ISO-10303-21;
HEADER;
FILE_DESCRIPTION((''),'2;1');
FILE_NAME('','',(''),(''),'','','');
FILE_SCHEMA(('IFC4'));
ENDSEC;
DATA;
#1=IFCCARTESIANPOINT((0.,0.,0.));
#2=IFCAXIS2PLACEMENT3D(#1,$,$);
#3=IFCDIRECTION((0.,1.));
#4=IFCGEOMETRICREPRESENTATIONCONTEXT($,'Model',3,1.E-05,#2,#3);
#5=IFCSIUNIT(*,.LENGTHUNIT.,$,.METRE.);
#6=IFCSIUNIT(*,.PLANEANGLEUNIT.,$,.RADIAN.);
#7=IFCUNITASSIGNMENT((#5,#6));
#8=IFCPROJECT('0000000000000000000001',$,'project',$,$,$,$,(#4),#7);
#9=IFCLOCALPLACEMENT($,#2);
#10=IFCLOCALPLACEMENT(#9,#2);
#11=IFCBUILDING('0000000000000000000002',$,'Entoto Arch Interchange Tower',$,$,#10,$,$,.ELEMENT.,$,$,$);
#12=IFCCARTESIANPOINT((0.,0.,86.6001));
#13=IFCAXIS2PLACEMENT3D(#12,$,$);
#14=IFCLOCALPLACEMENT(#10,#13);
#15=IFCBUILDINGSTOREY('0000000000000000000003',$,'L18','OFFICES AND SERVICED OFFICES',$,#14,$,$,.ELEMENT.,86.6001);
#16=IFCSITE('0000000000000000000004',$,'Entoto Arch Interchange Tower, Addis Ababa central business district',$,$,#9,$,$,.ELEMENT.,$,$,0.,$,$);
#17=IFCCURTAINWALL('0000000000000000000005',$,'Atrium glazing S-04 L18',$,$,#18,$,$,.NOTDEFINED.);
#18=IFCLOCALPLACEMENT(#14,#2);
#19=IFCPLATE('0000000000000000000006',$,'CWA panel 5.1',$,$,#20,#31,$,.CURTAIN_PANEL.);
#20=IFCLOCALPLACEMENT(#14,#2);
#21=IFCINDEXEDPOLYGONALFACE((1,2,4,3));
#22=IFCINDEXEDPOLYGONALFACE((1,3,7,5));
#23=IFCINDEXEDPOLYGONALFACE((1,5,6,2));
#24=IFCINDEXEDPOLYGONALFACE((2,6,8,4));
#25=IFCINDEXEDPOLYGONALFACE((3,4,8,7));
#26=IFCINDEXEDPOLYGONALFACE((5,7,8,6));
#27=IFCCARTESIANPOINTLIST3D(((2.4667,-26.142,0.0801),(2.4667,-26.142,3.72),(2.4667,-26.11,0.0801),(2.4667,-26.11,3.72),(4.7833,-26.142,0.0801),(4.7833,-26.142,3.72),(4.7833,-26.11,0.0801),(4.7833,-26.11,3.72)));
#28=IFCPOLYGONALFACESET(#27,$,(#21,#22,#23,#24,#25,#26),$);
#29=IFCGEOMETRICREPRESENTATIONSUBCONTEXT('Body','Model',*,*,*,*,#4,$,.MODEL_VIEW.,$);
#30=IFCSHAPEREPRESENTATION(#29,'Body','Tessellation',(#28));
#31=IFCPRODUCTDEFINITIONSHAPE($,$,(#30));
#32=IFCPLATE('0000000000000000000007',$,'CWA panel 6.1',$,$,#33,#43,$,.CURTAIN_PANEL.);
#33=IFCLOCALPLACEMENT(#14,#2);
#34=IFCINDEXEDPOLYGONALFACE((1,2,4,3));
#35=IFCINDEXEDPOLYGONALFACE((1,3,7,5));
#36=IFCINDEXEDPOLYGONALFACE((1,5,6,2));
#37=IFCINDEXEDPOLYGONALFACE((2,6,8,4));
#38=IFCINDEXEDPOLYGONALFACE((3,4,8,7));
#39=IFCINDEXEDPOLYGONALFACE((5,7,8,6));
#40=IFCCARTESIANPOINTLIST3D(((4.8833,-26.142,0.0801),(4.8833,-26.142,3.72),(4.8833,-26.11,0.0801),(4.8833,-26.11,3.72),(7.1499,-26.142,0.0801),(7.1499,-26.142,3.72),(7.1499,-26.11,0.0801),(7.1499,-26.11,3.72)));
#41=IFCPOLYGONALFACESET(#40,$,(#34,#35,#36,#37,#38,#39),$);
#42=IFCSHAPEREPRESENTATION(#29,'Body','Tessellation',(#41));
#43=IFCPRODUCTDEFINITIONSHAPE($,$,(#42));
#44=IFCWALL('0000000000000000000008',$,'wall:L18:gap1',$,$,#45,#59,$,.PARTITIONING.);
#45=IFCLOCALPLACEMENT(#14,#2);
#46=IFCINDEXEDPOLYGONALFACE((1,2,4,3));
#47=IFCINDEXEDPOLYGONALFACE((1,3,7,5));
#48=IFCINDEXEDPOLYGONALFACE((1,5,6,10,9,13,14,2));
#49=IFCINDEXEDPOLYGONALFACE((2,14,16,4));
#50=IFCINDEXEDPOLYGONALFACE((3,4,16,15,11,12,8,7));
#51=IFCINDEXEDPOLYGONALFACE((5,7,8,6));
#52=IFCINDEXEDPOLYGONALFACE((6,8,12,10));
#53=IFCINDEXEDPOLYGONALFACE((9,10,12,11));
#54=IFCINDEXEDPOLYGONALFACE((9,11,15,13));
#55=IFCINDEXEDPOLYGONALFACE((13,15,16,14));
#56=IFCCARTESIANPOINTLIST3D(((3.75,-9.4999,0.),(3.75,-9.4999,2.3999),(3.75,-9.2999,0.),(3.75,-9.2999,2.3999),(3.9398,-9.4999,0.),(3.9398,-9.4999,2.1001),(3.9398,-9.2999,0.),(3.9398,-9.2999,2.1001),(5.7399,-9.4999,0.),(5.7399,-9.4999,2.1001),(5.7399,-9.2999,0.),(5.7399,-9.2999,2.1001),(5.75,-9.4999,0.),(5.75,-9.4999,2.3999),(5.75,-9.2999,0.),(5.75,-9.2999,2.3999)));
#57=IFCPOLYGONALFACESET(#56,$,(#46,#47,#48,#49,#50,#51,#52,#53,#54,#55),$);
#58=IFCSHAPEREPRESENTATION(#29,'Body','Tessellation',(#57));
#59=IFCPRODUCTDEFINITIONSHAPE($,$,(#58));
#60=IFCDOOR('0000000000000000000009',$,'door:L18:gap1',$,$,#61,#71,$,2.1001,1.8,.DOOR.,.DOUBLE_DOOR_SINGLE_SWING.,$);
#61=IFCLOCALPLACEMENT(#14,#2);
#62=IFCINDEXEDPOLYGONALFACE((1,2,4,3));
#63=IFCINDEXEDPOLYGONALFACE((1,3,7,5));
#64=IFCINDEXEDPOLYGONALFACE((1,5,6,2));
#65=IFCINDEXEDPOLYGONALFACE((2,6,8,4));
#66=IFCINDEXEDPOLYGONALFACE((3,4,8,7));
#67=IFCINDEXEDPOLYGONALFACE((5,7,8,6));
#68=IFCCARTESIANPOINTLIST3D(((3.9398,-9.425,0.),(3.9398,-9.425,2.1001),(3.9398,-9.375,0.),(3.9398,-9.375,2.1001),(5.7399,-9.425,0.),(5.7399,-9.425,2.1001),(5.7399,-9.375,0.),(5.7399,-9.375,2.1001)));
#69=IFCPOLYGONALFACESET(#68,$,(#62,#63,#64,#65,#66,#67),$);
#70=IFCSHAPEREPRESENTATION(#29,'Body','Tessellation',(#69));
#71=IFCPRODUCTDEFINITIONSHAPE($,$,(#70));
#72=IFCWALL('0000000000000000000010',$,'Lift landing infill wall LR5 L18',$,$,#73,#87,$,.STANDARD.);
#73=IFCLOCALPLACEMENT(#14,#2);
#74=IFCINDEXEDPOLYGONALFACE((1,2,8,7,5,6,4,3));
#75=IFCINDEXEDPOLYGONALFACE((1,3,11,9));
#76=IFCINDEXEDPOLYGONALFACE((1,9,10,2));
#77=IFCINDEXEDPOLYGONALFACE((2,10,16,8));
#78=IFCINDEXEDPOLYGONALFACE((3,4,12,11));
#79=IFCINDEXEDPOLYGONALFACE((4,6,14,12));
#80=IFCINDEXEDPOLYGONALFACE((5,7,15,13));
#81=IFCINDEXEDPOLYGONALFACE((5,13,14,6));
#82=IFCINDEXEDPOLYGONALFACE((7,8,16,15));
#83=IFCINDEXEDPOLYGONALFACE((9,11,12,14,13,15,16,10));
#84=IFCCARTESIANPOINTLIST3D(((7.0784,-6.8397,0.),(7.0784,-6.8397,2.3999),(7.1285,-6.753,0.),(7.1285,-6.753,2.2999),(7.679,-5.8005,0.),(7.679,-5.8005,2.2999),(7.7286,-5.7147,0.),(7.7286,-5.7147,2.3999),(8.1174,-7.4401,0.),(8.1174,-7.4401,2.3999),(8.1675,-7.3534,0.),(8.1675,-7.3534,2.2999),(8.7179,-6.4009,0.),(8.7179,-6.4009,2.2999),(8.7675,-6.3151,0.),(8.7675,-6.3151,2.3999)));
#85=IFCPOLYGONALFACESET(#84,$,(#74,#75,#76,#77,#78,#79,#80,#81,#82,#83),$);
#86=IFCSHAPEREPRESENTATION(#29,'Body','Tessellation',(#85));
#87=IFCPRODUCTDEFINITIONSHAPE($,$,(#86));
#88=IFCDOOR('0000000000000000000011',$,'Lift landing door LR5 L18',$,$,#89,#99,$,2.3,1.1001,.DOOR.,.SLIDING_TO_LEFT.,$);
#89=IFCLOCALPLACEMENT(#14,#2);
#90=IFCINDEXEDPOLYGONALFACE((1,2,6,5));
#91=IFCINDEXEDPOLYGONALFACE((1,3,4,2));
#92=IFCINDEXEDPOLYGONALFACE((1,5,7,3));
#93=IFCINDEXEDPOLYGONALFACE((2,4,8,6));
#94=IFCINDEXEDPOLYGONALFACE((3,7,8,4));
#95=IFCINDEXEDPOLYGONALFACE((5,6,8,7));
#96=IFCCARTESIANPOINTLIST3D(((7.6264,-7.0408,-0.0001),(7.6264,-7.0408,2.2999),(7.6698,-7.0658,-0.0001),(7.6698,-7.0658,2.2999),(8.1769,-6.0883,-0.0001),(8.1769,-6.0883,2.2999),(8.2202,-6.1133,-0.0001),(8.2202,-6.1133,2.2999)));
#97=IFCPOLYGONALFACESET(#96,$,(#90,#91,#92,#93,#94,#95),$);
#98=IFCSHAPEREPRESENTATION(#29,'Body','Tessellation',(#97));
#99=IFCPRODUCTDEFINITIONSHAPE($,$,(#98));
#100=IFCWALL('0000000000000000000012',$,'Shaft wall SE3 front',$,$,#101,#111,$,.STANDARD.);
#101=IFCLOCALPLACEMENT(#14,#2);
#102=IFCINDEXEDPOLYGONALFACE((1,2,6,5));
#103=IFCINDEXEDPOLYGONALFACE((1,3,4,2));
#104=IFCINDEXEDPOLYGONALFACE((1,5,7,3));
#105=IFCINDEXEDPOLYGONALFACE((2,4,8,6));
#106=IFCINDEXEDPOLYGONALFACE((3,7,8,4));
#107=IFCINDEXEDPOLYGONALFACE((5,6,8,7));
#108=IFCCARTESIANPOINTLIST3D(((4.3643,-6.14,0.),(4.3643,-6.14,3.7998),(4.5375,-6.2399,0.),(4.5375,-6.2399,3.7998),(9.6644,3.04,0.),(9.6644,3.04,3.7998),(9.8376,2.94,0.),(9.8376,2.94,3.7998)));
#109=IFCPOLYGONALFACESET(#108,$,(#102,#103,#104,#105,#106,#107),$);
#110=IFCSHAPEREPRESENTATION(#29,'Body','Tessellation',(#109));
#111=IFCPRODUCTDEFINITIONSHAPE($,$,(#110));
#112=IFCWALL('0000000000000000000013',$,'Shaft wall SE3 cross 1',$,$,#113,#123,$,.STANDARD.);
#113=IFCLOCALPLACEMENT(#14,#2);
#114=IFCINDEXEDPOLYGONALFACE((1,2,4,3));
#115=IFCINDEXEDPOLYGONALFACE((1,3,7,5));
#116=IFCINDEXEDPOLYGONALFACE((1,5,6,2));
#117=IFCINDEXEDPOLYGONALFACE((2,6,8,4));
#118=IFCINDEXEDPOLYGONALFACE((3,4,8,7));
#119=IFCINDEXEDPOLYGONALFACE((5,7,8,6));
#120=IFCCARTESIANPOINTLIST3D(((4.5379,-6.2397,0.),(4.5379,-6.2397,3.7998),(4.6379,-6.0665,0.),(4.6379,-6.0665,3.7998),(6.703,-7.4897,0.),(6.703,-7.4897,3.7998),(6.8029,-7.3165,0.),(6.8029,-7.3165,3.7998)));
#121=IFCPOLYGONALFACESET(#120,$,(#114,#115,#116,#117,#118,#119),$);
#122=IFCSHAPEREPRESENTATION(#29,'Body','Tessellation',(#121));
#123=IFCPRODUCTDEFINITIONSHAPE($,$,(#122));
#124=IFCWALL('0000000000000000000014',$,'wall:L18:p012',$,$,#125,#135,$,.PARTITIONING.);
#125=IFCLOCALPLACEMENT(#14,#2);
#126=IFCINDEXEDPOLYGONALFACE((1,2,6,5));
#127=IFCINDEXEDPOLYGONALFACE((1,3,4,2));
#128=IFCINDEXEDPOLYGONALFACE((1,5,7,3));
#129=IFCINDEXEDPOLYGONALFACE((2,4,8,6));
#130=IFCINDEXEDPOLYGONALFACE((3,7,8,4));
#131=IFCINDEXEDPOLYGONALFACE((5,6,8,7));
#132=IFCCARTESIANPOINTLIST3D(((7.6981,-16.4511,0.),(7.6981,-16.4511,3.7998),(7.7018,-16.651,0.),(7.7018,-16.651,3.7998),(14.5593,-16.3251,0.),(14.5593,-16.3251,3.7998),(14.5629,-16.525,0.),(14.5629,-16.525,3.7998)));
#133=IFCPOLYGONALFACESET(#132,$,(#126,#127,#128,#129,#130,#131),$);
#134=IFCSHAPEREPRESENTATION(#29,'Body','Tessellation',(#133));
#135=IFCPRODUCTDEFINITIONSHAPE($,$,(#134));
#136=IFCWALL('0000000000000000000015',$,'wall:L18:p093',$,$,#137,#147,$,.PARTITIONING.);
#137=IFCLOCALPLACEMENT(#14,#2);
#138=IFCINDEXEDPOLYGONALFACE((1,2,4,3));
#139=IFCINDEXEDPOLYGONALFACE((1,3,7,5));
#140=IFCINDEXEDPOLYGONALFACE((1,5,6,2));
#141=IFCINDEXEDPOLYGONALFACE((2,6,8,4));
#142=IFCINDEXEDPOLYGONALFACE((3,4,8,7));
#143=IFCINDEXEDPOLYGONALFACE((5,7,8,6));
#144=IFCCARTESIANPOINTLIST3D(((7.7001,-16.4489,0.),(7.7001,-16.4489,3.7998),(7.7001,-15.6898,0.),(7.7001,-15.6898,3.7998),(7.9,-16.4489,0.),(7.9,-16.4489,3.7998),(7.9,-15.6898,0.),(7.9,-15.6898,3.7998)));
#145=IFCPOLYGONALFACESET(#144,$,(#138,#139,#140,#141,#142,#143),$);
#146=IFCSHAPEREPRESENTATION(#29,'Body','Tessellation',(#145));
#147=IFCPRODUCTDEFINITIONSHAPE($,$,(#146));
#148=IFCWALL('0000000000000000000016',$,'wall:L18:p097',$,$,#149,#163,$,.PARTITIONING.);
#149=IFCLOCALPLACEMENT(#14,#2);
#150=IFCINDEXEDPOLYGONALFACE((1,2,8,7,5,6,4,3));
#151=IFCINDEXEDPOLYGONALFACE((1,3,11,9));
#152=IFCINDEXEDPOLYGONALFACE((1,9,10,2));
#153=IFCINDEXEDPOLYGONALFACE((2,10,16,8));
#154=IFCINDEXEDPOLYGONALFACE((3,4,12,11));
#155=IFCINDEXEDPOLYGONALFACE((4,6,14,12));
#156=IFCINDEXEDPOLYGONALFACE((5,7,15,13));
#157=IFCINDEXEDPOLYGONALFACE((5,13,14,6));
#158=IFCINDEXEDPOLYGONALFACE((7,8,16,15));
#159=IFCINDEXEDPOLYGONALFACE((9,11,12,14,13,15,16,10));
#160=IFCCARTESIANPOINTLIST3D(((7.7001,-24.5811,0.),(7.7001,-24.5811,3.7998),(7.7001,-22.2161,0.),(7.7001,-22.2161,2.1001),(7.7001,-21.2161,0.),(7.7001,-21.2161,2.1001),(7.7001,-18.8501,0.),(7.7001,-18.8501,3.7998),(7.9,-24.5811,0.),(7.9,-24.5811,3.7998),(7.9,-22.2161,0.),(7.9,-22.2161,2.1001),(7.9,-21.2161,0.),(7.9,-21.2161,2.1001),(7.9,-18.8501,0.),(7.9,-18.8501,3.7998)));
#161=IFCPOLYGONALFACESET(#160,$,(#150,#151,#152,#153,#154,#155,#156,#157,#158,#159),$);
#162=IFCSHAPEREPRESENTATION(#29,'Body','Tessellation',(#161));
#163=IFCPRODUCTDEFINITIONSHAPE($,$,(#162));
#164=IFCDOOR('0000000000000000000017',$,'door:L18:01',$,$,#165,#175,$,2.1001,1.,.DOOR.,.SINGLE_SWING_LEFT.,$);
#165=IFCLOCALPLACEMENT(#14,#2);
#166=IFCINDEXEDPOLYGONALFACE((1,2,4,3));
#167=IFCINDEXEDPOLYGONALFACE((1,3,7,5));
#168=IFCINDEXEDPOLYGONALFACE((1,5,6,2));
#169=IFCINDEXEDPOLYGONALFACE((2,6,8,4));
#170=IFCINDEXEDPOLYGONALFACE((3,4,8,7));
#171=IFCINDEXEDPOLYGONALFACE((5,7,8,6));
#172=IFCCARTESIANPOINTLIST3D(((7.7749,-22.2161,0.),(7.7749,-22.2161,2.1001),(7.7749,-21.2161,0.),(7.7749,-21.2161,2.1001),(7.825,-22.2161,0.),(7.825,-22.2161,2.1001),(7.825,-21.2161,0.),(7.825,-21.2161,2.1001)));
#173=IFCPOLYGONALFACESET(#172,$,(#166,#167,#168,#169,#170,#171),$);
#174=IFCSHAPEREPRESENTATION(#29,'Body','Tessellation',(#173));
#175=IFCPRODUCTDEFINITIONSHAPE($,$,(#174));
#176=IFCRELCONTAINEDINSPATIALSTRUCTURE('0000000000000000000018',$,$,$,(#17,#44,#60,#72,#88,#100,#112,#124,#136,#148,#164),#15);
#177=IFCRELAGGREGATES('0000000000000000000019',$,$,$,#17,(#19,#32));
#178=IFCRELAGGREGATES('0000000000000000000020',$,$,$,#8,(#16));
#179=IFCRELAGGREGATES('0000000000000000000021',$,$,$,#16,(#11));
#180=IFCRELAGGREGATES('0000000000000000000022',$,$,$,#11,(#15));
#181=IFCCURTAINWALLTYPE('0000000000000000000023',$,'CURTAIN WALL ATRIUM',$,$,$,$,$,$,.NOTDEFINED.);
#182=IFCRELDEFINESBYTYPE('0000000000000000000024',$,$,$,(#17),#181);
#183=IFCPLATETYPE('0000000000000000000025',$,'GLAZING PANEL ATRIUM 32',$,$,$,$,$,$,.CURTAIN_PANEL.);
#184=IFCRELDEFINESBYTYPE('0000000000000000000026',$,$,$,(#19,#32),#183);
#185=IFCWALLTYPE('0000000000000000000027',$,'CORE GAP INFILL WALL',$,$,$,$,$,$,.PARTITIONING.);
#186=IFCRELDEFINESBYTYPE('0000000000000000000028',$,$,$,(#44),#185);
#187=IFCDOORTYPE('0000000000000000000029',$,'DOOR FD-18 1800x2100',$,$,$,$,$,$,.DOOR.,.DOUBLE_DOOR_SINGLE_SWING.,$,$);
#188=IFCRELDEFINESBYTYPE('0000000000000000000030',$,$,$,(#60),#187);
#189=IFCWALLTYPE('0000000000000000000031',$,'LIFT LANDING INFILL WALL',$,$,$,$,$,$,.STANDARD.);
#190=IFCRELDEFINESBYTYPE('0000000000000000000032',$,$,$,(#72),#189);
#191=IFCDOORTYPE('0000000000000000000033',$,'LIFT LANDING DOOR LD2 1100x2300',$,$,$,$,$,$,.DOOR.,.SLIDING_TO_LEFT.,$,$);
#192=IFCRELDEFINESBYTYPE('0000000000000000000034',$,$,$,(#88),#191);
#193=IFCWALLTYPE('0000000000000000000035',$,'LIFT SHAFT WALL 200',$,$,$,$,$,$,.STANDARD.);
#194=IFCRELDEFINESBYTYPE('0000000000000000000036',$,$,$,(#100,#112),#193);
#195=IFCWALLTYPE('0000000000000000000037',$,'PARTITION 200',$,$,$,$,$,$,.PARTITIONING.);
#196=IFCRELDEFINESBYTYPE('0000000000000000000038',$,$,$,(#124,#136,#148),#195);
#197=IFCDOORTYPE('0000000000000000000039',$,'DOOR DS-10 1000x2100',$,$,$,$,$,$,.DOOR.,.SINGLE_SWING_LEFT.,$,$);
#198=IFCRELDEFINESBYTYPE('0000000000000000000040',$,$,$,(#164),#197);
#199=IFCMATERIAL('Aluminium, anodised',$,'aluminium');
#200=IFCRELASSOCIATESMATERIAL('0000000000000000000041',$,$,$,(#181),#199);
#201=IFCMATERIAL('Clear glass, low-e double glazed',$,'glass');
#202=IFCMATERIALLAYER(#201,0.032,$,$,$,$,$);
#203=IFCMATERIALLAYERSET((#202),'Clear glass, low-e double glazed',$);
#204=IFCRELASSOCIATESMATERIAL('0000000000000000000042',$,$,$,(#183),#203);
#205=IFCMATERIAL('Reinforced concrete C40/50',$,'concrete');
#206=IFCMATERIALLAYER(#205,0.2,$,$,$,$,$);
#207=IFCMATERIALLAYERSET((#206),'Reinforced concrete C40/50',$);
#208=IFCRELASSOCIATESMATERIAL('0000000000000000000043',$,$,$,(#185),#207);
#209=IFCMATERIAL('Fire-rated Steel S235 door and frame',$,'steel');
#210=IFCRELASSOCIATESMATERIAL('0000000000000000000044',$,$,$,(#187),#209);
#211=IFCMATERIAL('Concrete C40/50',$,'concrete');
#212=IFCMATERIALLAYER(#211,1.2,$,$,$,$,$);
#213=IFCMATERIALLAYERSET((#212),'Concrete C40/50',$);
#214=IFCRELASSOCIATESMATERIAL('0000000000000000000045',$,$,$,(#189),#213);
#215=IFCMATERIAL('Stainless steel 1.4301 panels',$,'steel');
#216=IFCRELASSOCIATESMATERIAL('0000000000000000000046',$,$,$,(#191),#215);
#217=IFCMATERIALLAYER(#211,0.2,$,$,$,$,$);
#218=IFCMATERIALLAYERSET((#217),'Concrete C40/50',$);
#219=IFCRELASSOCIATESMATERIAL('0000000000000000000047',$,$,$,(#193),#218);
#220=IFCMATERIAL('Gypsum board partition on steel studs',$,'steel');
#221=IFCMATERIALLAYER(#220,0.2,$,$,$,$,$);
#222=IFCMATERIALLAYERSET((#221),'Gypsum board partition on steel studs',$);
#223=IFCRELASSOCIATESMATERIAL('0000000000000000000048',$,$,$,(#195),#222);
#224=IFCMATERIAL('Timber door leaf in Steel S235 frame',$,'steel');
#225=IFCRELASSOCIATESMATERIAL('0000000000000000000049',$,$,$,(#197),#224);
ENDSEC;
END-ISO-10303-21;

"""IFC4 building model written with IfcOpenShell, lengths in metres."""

from ifc_helpers import new_model, si_unit, direction, frame, frame_2d, origin, origin_2d, place, context, subcontext, project, spatial, rectangle, extrude, material, layer, layer_set, type_object, element, fill, aggregate, save


model = new_model("IFC4")

# Units and contexts
model_context = context("Model", 3, precision=1e-05, world=origin(), true_north=direction((0.0, 1.0)))
body_context = subcontext(model_context, "Body", "Model", "MODEL_VIEW")
ifc_project = project(units=[si_unit("LENGTHUNIT", "METRE"), si_unit("PLANEANGLEUNIT", "RADIAN")], contexts=[model_context])

# Site, building, storey
site_placement = place(None, origin())
site = spatial("IfcSite", under=ifc_project, at=site_placement, Name="Entoto Arch Interchange Tower, Addis Ababa central business district", CompositionType="ELEMENT", RefElevation=0.0)
building_placement = place(site_placement, origin())
building = spatial("IfcBuilding", under=site, at=building_placement, Name="Entoto Arch Interchange Tower", CompositionType="ELEMENT")
storey_placement = place(building_placement, frame((0.0, 0.0, 86.6001)))
storey = spatial("IfcBuildingStorey", under=building, at=storey_placement, Name="L18", Description="OFFICES AND SERVICED OFFICES", CompositionType="ELEMENT", Elevation=86.6001)

# Curtain wall, plates
ifc_material_1 = material(Name="Aluminium, anodised", Category="aluminium")
curtain_wall_type = type_object("IfcCurtainWallType", Name="CURTAIN WALL ATRIUM", PredefinedType="NOTDEFINED", material=ifc_material_1)
curtain_wall_placement = place(storey_placement, origin())
curtain_wall = element("IfcCurtainWall", 1, at=curtain_wall_placement, inside=storey, type_object=curtain_wall_type, Name="Atrium glazing S-04 L18", PredefinedType="NOTDEFINED")
ifc_material_2 = material(Name="Clear glass, low-e double glazed", Category="glass")
ifc_layer_1 = layer(ifc_material_2, 0.032)
ifc_layer_set_1 = layer_set([ifc_layer_1], Name="Clear glass, low-e double glazed")
plate_type = type_object("IfcPlateType", Name="GLAZING PANEL ATRIUM 32", PredefinedType="CURTAIN_PANEL", material=ifc_layer_set_1)
plate_1_placement = place(storey_placement, frame((3.625, -26.126, 0.0801), z_axis=(0.0, 0.0, 1.0), x_axis=(1.0, 0.0, 0.0)))
plate_1 = element("IfcPlate", 2, at=plate_1_placement, type_object=plate_type, Name="CWA panel 5.1", PredefinedType="CURTAIN_PANEL", context=body_context, shape_type="SweptSolid", body=[
    extrude(rectangle(XDim=2.3167, YDim=0.032, at=origin_2d()), origin(), (0.0, 0.0, 1.0), 3.6399),
])
plate_2_placement = place(storey_placement, frame((6.0166, -26.126, 0.0801), z_axis=(0.0, 0.0, 1.0), x_axis=(1.0, 0.0, 0.0)))
plate_2 = element("IfcPlate", 3, at=plate_2_placement, type_object=plate_type, Name="CWA panel 6.1", PredefinedType="CURTAIN_PANEL", context=body_context, shape_type="SweptSolid", body=[
    extrude(rectangle(XDim=2.2666, YDim=0.032, at=origin_2d()), origin(), (0.0, 0.0, 1.0), 3.6399),
])
aggregate(curtain_wall, [plate_1, plate_2])

# Walls, openings, doors
ifc_material_3 = material(Name="Reinforced concrete C40/50", Category="concrete")
ifc_layer_2 = layer(ifc_material_3, 0.2)
ifc_layer_set_2 = layer_set([ifc_layer_2], Name="Reinforced concrete C40/50")
wall_type_1 = type_object("IfcWallType", Name="CORE GAP INFILL WALL", PredefinedType="PARTITIONING", material=ifc_layer_set_2)
wall_1_placement = place(storey_placement, frame((3.75, -9.3999, 0.0), z_axis=(0.0, 0.0, 1.0), x_axis=(1.0, 0.0, 0.0)))
wall_1 = element("IfcWall", 4, at=wall_1_placement, inside=storey, type_object=wall_type_1, Name="wall:L18:gap1", PredefinedType="PARTITIONING", context=body_context, shape_type="SweptSolid", body=[
    extrude(rectangle(XDim=2.0, YDim=0.2, at=frame_2d((1.0, 0.0))), origin(), (0.0, 0.0, 1.0), 2.3999),
])
opening_1_placement = place(wall_1_placement, frame((0.1899, 0.0, 0.0)))
opening_1 = element("IfcOpeningElement", 5, at=opening_1_placement, cuts=wall_1, PredefinedType="OPENING", context=body_context, shape_type="SweptSolid", body=[
    extrude(rectangle(XDim=1.8, YDim=2.1001, at=frame_2d((0.8999, 1.05))), frame((0.0, 0.1099, 0.0), z_axis=(0.0, -1.0, 0.0), x_axis=(1.0, 0.0, 0.0)), (0.0, 0.0, 1.0), 0.22),
])
ifc_material_4 = material(Name="Fire-rated Steel S235 door and frame", Category="steel")
door_type_1 = type_object("IfcDoorType", Name="DOOR FD-18 1800x2100", OperationType="DOUBLE_DOOR_SINGLE_SWING", PredefinedType="DOOR", material=ifc_material_4)
door_1_placement = place(opening_1_placement, origin())
door_1 = element("IfcDoor", 6, at=door_1_placement, inside=storey, type_object=door_type_1, Name="door:L18:gap1", OperationType="DOUBLE_DOOR_SINGLE_SWING", OverallHeight=2.1001, OverallWidth=1.8, PredefinedType="DOOR", context=body_context, shape_type="SweptSolid", body=[
    extrude(rectangle(XDim=1.8, YDim=2.1001, at=frame_2d((0.8999, 1.05))), frame((0.0, 0.0249, 0.0), z_axis=(0.0, -1.0, 0.0), x_axis=(1.0, 0.0, 0.0)), (0.0, 0.0, 1.0), 0.05),
])
fill(opening_1, door_1)
ifc_material_5 = material(Name="Concrete C40/50", Category="concrete")
ifc_layer_3 = layer(ifc_material_5, 1.2)
ifc_layer_set_3 = layer_set([ifc_layer_3], Name="Concrete C40/50")
wall_type_2 = type_object("IfcWallType", Name="LIFT LANDING INFILL WALL", PredefinedType="STANDARD", material=ifc_layer_set_3)
wall_2_placement = place(storey_placement, frame((7.5979, -7.1399, 0.0), z_axis=(0.0, 0.0, 1.0), x_axis=(0.500362, 0.865816, 0.0)))
wall_2 = element("IfcWall", 7, at=wall_2_placement, inside=storey, type_object=wall_type_2, Name="Lift landing infill wall LR5 L18", PredefinedType="STANDARD", context=body_context, shape_type="SweptSolid", body=[
    extrude(rectangle(XDim=1.2993, YDim=1.2, at=frame_2d((0.6497, 0.0))), origin(), (0.0, 0.0, 1.0), 2.3999),
])
opening_2_placement = place(wall_2_placement, frame((0.1001, 0.0, 0.0)))
opening_2 = element("IfcOpeningElement", 8, at=opening_2_placement, cuts=wall_2, PredefinedType="OPENING", context=body_context, shape_type="SweptSolid", body=[
    extrude(rectangle(XDim=1.1001, YDim=2.3, at=frame_2d((0.55, 1.1499))), frame((0.0, 0.6099, 0.0), z_axis=(0.0, -1.0, 0.0), x_axis=(1.0, 0.0, 0.0)), (0.0, 0.0, 1.0), 1.22),
])
ifc_material_6 = material(Name="Stainless steel 1.4301 panels", Category="steel")
door_type_2 = type_object("IfcDoorType", Name="LIFT LANDING DOOR LD2 1100x2300", OperationType="SLIDING_TO_LEFT", PredefinedType="DOOR", material=ifc_material_6)
door_2_placement = place(opening_2_placement, origin())
door_2 = element("IfcDoor", 9, at=door_2_placement, inside=storey, type_object=door_type_2, Name="Lift landing door LR5 L18", OperationType="SLIDING_TO_LEFT", OverallHeight=2.3, OverallWidth=1.1001, PredefinedType="DOOR", context=body_context, shape_type="SweptSolid", body=[
    extrude(rectangle(XDim=1.1001, YDim=2.3, at=frame_2d((0.55, 1.1499))), frame((0.0, 0.0249, 0.0), z_axis=(0.0, -1.0, 0.0), x_axis=(1.0, 0.0, 0.0)), (0.0, 0.0, 1.0), 0.05),
])
fill(opening_2, door_2)

# Walls
ifc_layer_4 = layer(ifc_material_5, 0.2)
ifc_layer_set_4 = layer_set([ifc_layer_4], Name="Concrete C40/50")
wall_type_3 = type_object("IfcWallType", Name="LIFT SHAFT WALL 200", PredefinedType="STANDARD", material=ifc_layer_set_4)
wall_3_placement = place(storey_placement, frame((4.4509, -6.1899, 0.0), z_axis=(0.0, 0.0, 1.0), x_axis=(0.500001, 0.866025, 0.0)))
element("IfcWall", 10, at=wall_3_placement, inside=storey, type_object=wall_type_3, Name="Shaft wall SE3 front", PredefinedType="STANDARD", context=body_context, shape_type="SweptSolid", body=[
    extrude(rectangle(XDim=10.6001, YDim=0.2, at=frame_2d((5.3, 0.0))), origin(), (0.0, 0.0, 1.0), 3.7998),
])
wall_4_placement = place(storey_placement, frame((4.5879, -6.1531, 0.0), z_axis=(0.0, 0.0, 1.0), x_axis=(0.866023, -0.500004, 0.0)))
element("IfcWall", 11, at=wall_4_placement, inside=storey, type_object=wall_type_3, Name="Shaft wall SE3 cross 1", PredefinedType="STANDARD", context=body_context, shape_type="SweptSolid", body=[
    extrude(rectangle(XDim=2.5, YDim=0.2, at=frame_2d((1.25, 0.0))), origin(), (0.0, 0.0, 1.0), 3.7998),
])
ifc_material_7 = material(Name="Gypsum board partition on steel studs", Category="steel")
ifc_layer_5 = layer(ifc_material_7, 0.2)
ifc_layer_set_5 = layer_set([ifc_layer_5], Name="Gypsum board partition on steel studs")
wall_type_4 = type_object("IfcWallType", Name="PARTITION 200", PredefinedType="PARTITIONING", material=ifc_layer_set_5)
wall_5_placement = place(storey_placement, frame((7.7, -16.551, 0.0), z_axis=(0.0, 0.0, 1.0), x_axis=(0.999831, 0.018358, 0.0)))
element("IfcWall", 12, at=wall_5_placement, inside=storey, type_object=wall_type_4, Name="wall:L18:p012", PredefinedType="PARTITIONING", context=body_context, shape_type="SweptSolid", body=[
    extrude(rectangle(XDim=6.8623, YDim=0.2, at=frame_2d((3.4312, 0.0))), origin(), (0.0, 0.0, 1.0), 3.7998),
])
wall_6_placement = place(storey_placement, frame((7.8, -15.6899, 0.0), z_axis=(0.0, 0.0, 1.0), x_axis=(0.0, -1.0, 0.0)))
element("IfcWall", 13, at=wall_6_placement, inside=storey, type_object=wall_type_4, Name="wall:L18:p093", PredefinedType="PARTITIONING", context=body_context, shape_type="SweptSolid", body=[
    extrude(rectangle(XDim=0.759, YDim=0.2, at=frame_2d((0.3794, 0.0))), origin(), (0.0, 0.0, 1.0), 3.7998),
])

# Wall, opening, door
wall_7_placement = place(storey_placement, frame((7.8, -18.8501, 0.0), z_axis=(0.0, 0.0, 1.0), x_axis=(0.0, -1.0, 0.0)))
wall_7 = element("IfcWall", 14, at=wall_7_placement, inside=storey, type_object=wall_type_4, Name="wall:L18:p097", PredefinedType="PARTITIONING", context=body_context, shape_type="SweptSolid", body=[
    extrude(rectangle(XDim=5.731, YDim=0.2, at=frame_2d((2.8655, 0.0))), origin(), (0.0, 0.0, 1.0), 3.7998),
])
opening_3_placement = place(wall_7_placement, frame((2.366, 0.0, 0.0)))
opening_3 = element("IfcOpeningElement", 15, at=opening_3_placement, cuts=wall_7, PredefinedType="OPENING", context=body_context, shape_type="SweptSolid", body=[
    extrude(rectangle(XDim=1.0, YDim=2.1001, at=frame_2d((0.5, 1.05))), frame((0.0, 0.1099, 0.0), z_axis=(0.0, -1.0, 0.0), x_axis=(1.0, 0.0, 0.0)), (0.0, 0.0, 1.0), 0.22),
])
ifc_material_8 = material(Name="Timber door leaf in Steel S235 frame", Category="steel")
door_type_3 = type_object("IfcDoorType", Name="DOOR DS-10 1000x2100", OperationType="SINGLE_SWING_LEFT", PredefinedType="DOOR", material=ifc_material_8)
door_3_placement = place(opening_3_placement, origin())
door_3 = element("IfcDoor", 16, at=door_3_placement, inside=storey, type_object=door_type_3, Name="door:L18:01", OperationType="SINGLE_SWING_LEFT", OverallHeight=2.1001, OverallWidth=1.0, PredefinedType="DOOR", context=body_context, shape_type="SweptSolid", body=[
    extrude(rectangle(XDim=1.0, YDim=2.1001, at=frame_2d((0.5, 1.05))), frame((0.0, 0.0249, 0.0), z_axis=(0.0, -1.0, 0.0), x_axis=(1.0, 0.0, 0.0)), (0.0, 0.0, 1.0), 0.05),
])
fill(opening_3, door_3)

save(model, "model.ifc")
